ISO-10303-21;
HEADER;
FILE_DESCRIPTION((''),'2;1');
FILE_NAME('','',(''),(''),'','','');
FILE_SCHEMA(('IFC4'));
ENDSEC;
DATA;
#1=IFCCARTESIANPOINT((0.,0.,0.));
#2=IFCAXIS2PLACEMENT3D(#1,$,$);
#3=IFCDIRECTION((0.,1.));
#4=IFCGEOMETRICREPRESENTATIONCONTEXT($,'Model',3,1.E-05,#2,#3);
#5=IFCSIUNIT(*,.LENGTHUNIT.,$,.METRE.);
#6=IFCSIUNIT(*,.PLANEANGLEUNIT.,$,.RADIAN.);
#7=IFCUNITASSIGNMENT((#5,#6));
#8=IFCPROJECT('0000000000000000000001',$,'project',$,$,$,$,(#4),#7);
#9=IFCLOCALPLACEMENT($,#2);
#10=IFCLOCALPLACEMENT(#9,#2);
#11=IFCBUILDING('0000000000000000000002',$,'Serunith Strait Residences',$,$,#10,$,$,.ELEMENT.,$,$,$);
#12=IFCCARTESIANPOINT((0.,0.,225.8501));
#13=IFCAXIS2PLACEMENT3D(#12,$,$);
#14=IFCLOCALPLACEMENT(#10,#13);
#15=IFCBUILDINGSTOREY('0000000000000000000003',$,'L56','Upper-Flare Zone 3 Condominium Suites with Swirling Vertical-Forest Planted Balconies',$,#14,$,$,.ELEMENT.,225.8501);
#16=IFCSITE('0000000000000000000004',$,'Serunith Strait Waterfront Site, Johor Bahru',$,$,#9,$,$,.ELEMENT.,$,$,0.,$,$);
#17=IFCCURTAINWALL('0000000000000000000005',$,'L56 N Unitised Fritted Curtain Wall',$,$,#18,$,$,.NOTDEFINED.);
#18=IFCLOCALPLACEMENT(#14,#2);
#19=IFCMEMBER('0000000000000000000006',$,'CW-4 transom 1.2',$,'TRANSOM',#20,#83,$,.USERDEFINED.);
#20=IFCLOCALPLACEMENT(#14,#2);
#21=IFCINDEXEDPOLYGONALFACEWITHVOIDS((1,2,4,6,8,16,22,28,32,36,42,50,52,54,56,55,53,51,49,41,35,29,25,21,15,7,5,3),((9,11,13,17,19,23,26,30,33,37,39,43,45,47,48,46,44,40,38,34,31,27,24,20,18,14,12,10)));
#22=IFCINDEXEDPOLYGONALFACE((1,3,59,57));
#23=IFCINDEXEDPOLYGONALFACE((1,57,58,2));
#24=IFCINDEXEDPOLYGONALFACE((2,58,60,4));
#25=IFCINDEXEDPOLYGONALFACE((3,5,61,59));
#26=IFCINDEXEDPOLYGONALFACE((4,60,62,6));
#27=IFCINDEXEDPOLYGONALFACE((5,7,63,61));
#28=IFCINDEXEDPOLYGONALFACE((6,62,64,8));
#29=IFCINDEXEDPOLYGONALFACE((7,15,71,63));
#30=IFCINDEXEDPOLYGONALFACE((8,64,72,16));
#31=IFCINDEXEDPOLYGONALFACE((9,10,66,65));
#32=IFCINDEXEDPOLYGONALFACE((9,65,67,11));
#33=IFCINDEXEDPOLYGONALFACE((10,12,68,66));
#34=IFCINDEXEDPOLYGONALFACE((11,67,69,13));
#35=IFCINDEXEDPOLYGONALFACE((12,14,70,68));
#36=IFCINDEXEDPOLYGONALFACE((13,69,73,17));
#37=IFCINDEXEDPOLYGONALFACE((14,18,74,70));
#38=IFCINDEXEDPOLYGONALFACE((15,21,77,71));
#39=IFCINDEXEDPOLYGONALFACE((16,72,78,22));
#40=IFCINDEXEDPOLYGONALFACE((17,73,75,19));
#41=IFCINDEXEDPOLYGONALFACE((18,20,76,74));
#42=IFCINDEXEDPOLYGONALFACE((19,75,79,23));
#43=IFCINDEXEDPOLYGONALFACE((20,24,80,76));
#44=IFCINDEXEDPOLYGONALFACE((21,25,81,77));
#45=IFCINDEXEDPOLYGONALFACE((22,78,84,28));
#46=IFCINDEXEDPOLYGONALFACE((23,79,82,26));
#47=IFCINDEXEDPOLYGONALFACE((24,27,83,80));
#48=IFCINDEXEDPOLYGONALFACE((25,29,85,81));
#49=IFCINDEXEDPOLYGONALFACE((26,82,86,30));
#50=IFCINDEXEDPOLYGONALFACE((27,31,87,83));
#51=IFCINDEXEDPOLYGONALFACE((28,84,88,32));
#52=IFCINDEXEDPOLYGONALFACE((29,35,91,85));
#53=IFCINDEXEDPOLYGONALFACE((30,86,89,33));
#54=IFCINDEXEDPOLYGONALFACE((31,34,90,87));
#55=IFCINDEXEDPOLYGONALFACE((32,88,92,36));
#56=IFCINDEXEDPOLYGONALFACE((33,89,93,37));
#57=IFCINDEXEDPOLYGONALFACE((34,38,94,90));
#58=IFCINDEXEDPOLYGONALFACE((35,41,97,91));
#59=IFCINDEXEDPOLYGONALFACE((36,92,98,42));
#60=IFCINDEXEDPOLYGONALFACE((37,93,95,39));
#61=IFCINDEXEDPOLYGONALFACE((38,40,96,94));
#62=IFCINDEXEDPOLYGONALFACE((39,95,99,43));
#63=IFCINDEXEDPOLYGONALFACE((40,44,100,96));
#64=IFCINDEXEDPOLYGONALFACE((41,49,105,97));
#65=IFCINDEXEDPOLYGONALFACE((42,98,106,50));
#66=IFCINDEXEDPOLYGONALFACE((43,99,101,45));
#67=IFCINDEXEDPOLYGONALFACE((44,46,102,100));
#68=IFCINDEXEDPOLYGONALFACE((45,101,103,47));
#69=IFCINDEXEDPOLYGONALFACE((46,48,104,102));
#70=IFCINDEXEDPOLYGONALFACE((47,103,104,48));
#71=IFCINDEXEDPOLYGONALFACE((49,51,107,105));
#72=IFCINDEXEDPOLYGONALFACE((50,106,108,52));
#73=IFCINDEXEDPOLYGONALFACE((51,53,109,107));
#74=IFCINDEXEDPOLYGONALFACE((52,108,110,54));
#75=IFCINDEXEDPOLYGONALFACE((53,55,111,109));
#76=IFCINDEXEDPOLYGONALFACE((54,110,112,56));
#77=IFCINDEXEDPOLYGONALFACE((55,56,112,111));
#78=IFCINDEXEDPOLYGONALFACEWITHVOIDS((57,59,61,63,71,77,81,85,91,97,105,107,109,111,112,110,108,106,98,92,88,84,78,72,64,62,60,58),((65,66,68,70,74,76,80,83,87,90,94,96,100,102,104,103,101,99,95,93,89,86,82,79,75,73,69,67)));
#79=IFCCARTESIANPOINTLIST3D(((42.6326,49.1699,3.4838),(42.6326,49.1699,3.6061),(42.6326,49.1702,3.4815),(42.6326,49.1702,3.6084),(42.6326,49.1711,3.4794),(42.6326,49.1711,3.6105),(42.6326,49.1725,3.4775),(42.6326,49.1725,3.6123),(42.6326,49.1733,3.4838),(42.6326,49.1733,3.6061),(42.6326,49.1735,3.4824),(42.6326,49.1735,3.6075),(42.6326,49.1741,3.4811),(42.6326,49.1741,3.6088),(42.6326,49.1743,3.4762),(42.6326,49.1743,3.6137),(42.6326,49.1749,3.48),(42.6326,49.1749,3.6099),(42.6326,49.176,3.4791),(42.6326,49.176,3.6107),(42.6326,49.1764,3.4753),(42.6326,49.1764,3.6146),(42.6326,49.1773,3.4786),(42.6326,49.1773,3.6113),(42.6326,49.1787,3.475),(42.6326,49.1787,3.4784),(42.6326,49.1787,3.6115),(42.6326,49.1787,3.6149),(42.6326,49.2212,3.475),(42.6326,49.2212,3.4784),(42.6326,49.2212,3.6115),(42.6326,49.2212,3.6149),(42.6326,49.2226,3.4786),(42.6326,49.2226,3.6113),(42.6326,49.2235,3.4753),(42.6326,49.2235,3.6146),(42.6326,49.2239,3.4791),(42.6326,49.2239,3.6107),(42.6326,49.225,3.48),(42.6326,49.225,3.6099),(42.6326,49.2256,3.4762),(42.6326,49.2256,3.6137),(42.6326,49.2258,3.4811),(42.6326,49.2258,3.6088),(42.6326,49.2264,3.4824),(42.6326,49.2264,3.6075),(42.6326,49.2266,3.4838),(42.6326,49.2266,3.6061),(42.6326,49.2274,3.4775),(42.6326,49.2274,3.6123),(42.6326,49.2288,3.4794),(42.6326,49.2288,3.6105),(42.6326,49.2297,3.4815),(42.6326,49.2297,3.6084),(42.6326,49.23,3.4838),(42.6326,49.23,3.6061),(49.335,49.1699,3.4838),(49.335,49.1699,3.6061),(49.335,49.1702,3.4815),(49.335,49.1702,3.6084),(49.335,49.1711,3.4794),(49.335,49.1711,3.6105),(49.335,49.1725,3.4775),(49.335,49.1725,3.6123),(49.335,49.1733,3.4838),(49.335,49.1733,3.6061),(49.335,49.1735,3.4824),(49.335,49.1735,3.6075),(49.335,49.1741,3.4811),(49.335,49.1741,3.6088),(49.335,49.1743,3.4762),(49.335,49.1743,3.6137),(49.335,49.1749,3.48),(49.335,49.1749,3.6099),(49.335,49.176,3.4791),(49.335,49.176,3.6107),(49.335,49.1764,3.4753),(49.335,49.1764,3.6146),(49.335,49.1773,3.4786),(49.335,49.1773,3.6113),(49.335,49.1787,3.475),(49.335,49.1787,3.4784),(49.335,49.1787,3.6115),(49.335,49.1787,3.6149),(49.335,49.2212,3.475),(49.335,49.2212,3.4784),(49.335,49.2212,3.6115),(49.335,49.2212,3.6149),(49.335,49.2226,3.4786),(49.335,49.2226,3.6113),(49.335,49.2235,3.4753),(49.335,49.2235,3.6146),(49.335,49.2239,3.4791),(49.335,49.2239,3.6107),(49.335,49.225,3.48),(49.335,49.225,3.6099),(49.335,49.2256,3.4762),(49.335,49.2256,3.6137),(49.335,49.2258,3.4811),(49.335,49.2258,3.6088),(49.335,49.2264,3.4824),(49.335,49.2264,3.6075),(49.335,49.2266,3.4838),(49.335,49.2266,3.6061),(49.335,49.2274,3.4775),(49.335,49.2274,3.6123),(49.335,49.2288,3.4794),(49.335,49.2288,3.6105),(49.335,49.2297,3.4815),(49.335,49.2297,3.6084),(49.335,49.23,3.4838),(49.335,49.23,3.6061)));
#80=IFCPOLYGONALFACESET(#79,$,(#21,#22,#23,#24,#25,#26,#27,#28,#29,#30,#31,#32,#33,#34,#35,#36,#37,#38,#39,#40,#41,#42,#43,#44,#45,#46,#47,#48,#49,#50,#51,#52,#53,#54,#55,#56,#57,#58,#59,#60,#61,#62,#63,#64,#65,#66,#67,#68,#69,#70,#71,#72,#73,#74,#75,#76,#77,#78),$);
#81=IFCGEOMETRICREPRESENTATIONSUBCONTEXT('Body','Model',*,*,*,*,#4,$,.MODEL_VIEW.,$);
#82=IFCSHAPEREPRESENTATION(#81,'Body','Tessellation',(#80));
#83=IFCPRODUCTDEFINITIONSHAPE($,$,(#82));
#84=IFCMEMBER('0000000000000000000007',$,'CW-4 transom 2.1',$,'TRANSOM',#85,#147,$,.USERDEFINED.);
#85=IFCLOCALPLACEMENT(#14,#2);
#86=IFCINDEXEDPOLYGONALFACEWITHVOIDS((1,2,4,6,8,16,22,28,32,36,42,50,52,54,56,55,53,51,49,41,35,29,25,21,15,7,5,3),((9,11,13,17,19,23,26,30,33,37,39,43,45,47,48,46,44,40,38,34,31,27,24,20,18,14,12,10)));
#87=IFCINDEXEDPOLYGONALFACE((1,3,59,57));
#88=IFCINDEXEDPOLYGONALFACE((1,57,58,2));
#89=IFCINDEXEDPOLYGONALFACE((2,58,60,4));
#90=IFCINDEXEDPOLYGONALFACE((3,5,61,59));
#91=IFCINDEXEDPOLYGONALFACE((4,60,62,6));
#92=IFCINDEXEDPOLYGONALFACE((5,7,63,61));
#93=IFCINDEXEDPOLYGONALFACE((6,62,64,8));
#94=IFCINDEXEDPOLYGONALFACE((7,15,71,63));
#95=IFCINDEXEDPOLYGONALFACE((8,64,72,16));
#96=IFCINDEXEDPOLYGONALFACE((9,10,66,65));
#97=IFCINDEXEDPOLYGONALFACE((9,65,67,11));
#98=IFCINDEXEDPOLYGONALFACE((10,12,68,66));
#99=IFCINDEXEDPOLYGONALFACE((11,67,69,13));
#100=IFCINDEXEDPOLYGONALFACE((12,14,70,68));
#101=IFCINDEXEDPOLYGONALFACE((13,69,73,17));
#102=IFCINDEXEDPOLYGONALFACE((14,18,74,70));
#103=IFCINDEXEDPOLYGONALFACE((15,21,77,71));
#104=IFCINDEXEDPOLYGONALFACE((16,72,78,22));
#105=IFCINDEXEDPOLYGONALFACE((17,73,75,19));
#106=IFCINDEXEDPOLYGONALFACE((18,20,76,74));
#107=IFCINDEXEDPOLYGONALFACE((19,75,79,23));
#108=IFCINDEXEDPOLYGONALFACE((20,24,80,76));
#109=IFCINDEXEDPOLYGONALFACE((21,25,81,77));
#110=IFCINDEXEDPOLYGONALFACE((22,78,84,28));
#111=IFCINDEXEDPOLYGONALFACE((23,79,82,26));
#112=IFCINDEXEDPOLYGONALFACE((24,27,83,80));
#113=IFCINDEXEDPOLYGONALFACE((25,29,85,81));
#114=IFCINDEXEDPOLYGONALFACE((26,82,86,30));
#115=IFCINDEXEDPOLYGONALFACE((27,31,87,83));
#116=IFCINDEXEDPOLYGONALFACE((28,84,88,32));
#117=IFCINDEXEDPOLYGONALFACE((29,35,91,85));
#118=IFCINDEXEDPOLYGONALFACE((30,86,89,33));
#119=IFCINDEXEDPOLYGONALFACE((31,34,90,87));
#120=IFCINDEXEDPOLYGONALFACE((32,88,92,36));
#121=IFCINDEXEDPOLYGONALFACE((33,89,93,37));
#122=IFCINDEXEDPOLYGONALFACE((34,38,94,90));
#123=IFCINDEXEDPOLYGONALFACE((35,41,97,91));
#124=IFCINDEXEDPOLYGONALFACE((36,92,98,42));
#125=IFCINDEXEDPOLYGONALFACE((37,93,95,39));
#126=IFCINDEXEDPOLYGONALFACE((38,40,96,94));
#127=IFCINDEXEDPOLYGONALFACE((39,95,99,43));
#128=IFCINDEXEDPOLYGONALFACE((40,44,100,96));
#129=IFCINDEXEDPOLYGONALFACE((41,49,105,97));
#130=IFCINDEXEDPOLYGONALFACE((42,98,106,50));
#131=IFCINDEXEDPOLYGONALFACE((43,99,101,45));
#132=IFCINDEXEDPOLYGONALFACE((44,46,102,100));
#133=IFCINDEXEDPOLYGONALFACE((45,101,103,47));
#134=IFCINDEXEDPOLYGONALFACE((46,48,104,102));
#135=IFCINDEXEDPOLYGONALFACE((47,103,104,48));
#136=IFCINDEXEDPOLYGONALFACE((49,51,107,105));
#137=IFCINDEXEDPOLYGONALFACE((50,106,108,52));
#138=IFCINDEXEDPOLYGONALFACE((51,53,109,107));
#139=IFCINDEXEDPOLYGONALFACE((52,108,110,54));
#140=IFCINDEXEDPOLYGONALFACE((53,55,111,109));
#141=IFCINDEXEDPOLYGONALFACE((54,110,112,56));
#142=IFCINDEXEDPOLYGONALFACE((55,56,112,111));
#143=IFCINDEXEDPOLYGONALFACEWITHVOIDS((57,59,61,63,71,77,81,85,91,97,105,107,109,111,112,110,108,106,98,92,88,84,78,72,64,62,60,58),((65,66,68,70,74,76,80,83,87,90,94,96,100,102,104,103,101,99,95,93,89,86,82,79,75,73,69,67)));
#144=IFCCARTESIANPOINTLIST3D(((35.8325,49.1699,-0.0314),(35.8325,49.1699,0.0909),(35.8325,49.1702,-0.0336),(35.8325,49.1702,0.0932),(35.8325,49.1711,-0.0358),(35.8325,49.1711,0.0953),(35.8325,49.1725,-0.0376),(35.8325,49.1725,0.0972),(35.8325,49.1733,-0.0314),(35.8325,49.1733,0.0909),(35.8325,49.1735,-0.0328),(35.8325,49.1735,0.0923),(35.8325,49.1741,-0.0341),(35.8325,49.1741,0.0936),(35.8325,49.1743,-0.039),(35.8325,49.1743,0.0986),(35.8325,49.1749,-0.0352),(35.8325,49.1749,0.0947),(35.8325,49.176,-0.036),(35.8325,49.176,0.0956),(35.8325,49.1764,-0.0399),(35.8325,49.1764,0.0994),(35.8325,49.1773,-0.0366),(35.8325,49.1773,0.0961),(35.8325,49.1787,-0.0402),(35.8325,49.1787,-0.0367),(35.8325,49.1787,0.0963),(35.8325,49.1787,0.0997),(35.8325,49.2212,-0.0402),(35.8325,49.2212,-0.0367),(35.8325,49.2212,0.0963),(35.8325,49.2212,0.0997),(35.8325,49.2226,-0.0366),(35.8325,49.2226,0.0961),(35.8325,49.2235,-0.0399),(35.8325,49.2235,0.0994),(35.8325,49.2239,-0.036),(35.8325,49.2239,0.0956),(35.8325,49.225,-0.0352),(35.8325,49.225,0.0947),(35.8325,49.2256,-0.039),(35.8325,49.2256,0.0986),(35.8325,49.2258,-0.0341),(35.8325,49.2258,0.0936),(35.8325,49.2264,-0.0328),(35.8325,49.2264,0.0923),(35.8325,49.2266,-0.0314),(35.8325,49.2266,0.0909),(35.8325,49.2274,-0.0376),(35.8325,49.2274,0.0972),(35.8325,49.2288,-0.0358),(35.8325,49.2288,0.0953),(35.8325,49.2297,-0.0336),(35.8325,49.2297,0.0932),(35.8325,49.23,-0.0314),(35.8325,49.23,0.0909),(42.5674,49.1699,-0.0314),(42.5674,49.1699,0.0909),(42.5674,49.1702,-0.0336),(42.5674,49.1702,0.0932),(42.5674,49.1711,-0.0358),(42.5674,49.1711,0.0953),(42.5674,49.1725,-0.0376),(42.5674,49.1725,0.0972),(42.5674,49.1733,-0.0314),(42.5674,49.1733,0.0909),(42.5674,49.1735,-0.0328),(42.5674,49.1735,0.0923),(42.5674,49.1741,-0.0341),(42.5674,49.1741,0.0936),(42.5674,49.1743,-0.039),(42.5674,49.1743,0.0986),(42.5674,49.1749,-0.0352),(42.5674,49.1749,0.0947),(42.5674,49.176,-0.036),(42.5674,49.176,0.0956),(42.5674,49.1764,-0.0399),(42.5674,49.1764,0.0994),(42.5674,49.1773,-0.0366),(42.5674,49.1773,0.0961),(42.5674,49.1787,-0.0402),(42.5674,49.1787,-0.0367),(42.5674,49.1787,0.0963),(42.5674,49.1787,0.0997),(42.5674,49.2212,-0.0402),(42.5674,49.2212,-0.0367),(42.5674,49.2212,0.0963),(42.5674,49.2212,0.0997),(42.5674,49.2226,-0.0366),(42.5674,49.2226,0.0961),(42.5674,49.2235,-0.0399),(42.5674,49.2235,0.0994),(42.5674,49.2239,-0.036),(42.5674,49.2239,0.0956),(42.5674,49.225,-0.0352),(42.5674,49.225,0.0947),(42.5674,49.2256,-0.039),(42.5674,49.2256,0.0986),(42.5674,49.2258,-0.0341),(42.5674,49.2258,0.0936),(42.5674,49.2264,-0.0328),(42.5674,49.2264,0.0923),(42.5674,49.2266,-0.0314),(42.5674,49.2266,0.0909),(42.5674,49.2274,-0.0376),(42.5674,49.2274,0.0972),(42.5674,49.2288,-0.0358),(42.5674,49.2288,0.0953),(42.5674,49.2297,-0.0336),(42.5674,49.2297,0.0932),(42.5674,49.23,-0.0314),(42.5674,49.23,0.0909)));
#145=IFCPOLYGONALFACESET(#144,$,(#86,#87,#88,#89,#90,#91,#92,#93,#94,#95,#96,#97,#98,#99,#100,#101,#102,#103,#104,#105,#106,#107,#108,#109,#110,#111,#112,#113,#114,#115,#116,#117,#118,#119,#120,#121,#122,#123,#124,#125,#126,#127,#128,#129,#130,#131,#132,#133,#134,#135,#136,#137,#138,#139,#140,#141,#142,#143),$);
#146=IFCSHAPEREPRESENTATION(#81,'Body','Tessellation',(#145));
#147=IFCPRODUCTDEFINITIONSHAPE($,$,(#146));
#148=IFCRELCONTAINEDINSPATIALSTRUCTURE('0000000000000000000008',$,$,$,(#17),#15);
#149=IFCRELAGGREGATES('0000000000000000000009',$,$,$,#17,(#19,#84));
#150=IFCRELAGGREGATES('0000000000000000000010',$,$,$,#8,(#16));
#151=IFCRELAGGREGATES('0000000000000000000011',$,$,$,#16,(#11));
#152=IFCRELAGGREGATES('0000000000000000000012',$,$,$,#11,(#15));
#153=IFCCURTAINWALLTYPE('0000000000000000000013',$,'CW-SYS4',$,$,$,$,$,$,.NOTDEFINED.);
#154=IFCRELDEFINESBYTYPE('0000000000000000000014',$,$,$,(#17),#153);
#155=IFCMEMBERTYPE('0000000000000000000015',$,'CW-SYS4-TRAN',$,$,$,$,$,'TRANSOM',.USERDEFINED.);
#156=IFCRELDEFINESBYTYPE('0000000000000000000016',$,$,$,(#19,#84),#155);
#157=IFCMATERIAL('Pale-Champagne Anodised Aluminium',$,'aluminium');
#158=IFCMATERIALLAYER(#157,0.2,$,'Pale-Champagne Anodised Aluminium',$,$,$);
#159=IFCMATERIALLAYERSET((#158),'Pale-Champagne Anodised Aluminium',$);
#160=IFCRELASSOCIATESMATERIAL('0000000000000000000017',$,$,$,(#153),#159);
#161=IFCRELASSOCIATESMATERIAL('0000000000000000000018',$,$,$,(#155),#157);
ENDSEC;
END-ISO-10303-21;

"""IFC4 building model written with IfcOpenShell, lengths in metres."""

from ifc_helpers import new_model, si_unit, direction, frame, origin, origin_2d, place, context, subcontext, project, spatial, hollow_rectangle, extrude, source, transform, mapped, material, layer, layer_set, material_profile, profile_set, type_object, element, aggregate, save


model = new_model("IFC4")

# Units and contexts
model_context = context("Model", 3, precision=1e-05, world=origin(), true_north=direction((0.0, 1.0)))
body_context = subcontext(model_context, "Body", "Model", "MODEL_VIEW")
ifc_project = project(units=[si_unit("LENGTHUNIT", "METRE"), si_unit("PLANEANGLEUNIT", "RADIAN")], contexts=[model_context])

# Site, building, storey
site_placement = place(None, origin())
site = spatial("IfcSite", under=ifc_project, at=site_placement, Name="Serunith Strait Waterfront Site, Johor Bahru", CompositionType="ELEMENT", RefElevation=0.0)
building_placement = place(site_placement, origin())
building = spatial("IfcBuilding", under=site, at=building_placement, Name="Serunith Strait Residences", CompositionType="ELEMENT")
storey_placement = place(building_placement, frame((0.0, 0.0, 225.8501)))
storey = spatial("IfcBuildingStorey", under=building, at=storey_placement, Name="L56", Description="Upper-Flare Zone 3 Condominium Suites with Swirling Vertical-Forest Planted Balconies", CompositionType="ELEMENT", Elevation=225.8501)

# Shared definitions
ifc_material_1 = material(Name="Pale-Champagne Anodised Aluminium", Category="aluminium")
ifc_layer_1 = layer(ifc_material_1, 0.2, Name="Pale-Champagne Anodised Aluminium")
ifc_layer_set_1 = layer_set([ifc_layer_1], Name="Pale-Champagne Anodised Aluminium")
curtain_wall_type = type_object("IfcCurtainWallType", Name="CW-SYS4", PredefinedType="NOTDEFINED", material=ifc_layer_set_1)

# Curtain wall, members
curtain_wall_1_placement = place(storey_placement, origin())
curtain_wall_1 = element("IfcCurtainWall", 1, at=curtain_wall_1_placement, inside=storey, type_object=curtain_wall_type, Name="L56 N Unitised Fritted Curtain Wall", PredefinedType="NOTDEFINED")
ifc_material_profile_1 = material_profile(ifc_material_1, hollow_rectangle(XDim=0.0601, YDim=0.1399, WallThickness=0.0034, InnerFilletRadius=0.0054, OuterFilletRadius=0.0088, at=origin_2d()), Name="ALU 140x60x3.5")
ifc_profile_set_1 = profile_set([ifc_material_profile_1], Name="Pale-Champagne Anodised Aluminium")
member_type_1 = type_object("IfcMemberType", Name="CW-SYS4-TRAN", ElementType="TRANSOM", PredefinedType="USERDEFINED", material=ifc_profile_set_1)
shared_shape_1 = source(origin(), body_context, "Body", "SweptSolid", [
    extrude(hollow_rectangle(XDim=0.0601, YDim=0.1399, WallThickness=0.0034, InnerFilletRadius=0.0054, OuterFilletRadius=0.0088, at=origin_2d()), origin(), (0.0, 0.0, 1.0), 6.7024),
])
member_1_placement = place(storey_placement, frame((49.335, 49.2, 3.5449), z_axis=(-1.0, 0.0, 0.0), x_axis=(0.0, -1.0, 0.0)))
member_1 = element("IfcMember", 2, at=member_1_placement, type_object=member_type_1, Name="CW-4 transom 1.2", ObjectType="TRANSOM", PredefinedType="USERDEFINED", context=body_context, shape_type="MappedRepresentation", body=[
    mapped(shared_shape_1, transform((0.0, 0.0, 0.0), scale=1.0)),
])
shared_shape_2 = source(origin(), body_context, "Body", "SweptSolid", [
    extrude(hollow_rectangle(XDim=0.0601, YDim=0.1399, WallThickness=0.0034, InnerFilletRadius=0.0054, OuterFilletRadius=0.0088, at=origin_2d()), origin(), (0.0, 0.0, 1.0), 6.7349),
])
member_2_placement = place(storey_placement, frame((42.5674, 49.2, 0.0298), z_axis=(-1.0, 0.0, 0.0), x_axis=(0.0, -1.0, 0.0)))
member_2 = element("IfcMember", 3, at=member_2_placement, type_object=member_type_1, Name="CW-4 transom 2.1", ObjectType="TRANSOM", PredefinedType="USERDEFINED", context=body_context, shape_type="MappedRepresentation", body=[
    mapped(shared_shape_2, transform((0.0, 0.0, 0.0), scale=1.0)),
])
aggregate(curtain_wall_1, [member_1, member_2])

save(model, "model.ifc")
